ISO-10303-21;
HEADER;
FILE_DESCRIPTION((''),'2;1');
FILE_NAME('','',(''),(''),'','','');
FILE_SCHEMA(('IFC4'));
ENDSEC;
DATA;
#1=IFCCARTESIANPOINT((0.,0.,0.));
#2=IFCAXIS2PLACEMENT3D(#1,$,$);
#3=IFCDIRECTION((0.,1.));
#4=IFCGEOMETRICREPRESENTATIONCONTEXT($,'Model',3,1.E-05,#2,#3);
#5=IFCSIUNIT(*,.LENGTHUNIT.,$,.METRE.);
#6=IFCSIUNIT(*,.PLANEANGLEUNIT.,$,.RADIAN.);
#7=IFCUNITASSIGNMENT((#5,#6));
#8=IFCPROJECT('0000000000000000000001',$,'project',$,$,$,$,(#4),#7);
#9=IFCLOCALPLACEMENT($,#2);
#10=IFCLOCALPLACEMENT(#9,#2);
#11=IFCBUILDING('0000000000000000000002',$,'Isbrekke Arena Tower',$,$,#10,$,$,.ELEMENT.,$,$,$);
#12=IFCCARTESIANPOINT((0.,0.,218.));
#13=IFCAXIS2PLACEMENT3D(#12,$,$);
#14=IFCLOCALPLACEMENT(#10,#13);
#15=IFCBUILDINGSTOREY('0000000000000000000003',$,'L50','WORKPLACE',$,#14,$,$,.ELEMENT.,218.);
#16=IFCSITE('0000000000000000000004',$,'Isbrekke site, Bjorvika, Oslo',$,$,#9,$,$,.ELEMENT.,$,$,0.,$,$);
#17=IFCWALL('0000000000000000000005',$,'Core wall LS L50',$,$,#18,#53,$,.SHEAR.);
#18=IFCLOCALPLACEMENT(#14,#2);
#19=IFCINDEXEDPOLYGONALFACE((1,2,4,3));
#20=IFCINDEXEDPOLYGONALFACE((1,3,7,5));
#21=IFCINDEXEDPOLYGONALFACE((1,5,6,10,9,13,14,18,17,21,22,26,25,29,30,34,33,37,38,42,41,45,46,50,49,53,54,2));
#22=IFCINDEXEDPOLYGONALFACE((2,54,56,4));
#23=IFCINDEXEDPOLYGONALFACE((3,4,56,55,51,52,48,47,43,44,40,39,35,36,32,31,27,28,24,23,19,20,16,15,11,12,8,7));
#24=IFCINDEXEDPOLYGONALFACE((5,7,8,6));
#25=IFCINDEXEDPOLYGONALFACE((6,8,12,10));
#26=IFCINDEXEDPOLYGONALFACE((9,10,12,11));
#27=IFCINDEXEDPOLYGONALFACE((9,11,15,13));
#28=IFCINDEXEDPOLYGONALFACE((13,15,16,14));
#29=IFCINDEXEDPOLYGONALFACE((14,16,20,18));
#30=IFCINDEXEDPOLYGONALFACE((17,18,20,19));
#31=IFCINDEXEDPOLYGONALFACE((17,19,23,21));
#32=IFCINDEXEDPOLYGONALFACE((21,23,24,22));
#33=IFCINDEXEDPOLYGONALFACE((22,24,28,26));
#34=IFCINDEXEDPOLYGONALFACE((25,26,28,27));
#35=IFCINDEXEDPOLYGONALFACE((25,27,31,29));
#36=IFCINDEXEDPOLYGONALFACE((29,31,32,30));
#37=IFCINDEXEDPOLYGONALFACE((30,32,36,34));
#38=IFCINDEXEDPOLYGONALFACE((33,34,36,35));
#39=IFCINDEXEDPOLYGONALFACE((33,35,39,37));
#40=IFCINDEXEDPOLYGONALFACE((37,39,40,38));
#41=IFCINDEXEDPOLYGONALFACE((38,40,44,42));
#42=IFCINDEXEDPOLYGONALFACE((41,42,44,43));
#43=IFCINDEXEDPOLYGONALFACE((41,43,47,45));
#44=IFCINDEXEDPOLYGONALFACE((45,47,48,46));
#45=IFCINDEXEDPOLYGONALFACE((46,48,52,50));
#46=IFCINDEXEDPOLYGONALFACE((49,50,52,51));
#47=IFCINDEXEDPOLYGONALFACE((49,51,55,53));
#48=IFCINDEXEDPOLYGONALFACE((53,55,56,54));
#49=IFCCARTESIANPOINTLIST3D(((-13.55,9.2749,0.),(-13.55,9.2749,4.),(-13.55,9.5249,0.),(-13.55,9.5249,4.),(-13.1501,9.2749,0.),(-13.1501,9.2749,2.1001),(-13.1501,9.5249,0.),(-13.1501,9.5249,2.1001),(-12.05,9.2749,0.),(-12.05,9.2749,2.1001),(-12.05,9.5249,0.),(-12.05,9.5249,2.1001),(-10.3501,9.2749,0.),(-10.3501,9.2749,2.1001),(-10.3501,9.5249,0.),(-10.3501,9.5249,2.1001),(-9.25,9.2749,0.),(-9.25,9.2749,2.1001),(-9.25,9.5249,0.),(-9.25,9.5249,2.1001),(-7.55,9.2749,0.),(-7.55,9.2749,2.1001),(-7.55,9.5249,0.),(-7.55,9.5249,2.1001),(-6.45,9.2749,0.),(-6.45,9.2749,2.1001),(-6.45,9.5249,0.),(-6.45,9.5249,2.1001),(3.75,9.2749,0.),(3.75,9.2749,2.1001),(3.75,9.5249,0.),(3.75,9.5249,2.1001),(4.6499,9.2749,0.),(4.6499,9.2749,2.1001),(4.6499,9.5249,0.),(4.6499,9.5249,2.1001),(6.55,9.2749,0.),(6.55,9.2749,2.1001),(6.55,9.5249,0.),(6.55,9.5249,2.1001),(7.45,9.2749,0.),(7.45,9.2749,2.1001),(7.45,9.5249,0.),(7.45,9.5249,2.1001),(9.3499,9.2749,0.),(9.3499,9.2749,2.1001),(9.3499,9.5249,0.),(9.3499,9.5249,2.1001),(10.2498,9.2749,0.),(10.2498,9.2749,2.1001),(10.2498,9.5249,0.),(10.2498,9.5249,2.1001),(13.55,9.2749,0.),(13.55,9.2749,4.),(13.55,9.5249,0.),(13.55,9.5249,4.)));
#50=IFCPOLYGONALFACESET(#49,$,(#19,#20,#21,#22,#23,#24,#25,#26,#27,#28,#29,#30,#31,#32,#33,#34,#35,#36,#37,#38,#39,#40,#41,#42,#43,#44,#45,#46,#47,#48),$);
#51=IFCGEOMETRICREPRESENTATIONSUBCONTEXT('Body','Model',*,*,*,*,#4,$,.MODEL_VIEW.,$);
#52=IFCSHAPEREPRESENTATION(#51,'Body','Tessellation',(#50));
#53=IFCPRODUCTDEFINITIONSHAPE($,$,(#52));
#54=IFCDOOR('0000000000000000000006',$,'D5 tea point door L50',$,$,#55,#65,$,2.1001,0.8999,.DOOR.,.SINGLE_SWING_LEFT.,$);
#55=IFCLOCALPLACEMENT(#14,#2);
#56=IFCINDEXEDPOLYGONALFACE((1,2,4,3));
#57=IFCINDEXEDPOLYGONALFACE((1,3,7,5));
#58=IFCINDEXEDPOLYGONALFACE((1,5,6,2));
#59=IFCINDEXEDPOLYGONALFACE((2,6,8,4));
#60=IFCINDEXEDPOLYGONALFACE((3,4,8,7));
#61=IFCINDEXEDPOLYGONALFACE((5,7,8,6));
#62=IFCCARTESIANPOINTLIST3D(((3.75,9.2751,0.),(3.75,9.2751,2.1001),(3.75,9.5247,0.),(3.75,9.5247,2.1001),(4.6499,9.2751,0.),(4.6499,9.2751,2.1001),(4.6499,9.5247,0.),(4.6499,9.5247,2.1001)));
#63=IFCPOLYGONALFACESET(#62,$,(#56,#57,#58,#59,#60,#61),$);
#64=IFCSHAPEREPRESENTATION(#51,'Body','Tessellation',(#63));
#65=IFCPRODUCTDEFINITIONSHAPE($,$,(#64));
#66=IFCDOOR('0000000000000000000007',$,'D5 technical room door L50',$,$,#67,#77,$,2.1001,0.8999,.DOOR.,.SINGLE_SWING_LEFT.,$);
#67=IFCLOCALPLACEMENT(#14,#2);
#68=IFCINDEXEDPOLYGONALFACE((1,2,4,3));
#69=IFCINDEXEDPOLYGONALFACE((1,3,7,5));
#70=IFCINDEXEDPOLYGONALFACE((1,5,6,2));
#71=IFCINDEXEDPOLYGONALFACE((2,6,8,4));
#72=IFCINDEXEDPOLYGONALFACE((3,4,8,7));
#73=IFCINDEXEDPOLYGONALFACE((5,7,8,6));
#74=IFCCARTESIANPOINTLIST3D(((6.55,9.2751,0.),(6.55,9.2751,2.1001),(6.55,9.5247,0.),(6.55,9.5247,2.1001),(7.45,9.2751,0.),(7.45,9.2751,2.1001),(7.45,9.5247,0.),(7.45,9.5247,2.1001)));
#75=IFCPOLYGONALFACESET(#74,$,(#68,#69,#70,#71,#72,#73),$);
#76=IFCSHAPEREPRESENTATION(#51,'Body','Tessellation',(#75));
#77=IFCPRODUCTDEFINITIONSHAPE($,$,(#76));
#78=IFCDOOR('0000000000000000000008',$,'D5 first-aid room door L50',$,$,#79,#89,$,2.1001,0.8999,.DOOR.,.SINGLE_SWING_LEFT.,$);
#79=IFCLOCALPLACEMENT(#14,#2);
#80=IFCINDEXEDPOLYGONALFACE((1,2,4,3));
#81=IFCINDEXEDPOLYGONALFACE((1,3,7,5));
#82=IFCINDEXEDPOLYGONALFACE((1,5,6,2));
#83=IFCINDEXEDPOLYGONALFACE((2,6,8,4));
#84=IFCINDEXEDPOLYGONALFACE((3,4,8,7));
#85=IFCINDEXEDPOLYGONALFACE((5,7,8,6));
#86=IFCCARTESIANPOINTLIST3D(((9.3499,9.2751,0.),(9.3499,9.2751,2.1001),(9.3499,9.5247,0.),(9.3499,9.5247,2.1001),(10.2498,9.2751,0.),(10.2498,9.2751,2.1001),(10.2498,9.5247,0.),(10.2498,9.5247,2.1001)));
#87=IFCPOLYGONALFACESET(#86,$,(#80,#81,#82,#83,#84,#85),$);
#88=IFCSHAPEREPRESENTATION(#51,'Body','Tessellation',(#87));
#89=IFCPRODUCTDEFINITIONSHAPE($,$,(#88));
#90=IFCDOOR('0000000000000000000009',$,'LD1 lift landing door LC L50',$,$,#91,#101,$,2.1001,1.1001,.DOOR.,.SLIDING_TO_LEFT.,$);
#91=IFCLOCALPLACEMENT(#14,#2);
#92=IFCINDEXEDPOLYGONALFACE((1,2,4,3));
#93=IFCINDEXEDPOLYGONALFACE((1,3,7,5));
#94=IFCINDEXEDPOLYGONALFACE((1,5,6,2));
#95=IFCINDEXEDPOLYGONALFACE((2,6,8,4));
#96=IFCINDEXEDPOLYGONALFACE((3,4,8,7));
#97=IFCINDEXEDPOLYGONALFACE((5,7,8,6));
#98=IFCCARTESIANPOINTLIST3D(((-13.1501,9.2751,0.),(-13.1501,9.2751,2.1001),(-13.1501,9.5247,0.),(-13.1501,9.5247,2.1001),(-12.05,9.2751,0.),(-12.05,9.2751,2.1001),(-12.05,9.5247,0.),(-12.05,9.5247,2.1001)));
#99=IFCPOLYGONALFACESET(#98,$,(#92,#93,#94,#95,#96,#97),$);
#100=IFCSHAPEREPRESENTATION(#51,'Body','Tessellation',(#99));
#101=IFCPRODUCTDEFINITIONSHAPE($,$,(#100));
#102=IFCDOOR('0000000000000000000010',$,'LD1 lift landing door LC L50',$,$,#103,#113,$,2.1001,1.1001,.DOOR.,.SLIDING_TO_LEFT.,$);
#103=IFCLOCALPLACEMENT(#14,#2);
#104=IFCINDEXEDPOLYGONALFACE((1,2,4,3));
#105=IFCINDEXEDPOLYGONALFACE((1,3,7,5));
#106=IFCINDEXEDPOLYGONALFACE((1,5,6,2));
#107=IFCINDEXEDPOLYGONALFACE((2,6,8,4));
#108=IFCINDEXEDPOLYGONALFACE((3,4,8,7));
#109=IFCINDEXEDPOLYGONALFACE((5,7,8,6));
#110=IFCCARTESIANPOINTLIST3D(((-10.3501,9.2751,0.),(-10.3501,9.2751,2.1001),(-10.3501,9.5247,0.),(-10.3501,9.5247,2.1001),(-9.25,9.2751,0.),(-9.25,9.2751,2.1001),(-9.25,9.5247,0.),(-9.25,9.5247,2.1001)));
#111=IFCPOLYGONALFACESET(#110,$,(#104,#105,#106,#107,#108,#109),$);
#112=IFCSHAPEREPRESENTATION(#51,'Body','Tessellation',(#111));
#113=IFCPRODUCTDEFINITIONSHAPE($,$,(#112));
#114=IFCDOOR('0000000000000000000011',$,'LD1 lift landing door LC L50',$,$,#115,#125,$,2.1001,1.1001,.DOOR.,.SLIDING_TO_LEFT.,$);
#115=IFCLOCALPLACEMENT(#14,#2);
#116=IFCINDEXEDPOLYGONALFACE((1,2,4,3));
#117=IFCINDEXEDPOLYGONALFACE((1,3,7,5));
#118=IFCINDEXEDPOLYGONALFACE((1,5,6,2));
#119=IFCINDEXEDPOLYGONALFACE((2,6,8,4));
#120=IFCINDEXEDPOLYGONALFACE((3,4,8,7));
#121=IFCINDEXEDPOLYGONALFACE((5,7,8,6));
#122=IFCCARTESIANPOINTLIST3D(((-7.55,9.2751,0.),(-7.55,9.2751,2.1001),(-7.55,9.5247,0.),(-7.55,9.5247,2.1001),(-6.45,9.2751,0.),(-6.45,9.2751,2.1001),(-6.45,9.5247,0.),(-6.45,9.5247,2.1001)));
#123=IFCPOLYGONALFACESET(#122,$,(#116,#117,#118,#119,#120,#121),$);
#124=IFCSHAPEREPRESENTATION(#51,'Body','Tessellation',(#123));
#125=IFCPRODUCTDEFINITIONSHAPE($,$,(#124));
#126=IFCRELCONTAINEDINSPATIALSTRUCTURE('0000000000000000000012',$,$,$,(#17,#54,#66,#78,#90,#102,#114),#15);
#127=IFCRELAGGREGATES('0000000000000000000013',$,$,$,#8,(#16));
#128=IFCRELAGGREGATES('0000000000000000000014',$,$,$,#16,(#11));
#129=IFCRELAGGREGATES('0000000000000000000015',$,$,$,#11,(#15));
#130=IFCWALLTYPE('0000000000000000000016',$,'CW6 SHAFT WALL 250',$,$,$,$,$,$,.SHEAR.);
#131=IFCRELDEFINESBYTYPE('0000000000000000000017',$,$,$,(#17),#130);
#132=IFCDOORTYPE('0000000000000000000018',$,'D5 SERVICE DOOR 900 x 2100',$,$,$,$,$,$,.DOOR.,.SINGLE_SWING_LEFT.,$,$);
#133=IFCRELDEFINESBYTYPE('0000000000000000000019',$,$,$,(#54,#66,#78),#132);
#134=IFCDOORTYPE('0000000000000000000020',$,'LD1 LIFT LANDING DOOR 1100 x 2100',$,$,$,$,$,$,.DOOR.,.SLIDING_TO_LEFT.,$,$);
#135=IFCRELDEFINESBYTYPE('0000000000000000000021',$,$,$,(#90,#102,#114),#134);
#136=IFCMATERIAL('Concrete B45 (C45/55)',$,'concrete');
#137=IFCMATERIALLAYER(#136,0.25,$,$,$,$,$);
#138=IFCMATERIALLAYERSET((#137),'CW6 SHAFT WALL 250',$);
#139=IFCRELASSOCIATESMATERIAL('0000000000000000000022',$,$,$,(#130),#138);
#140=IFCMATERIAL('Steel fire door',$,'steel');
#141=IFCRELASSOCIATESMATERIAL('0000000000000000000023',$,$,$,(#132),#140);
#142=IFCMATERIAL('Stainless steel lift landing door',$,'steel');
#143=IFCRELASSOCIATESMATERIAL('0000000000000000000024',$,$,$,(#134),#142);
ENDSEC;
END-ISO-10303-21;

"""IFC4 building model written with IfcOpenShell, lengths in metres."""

from ifc_helpers import new_model, si_unit, direction, frame, frame_2d, origin, place, context, subcontext, project, spatial, rectangle, extrude, material, layer, layer_set, type_object, element, fill, save


model = new_model("IFC4")

# Units and contexts
model_context = context("Model", 3, precision=1e-05, world=origin(), true_north=direction((0.0, 1.0)))
body_context = subcontext(model_context, "Body", "Model", "MODEL_VIEW")
ifc_project = project(units=[si_unit("LENGTHUNIT", "METRE"), si_unit("PLANEANGLEUNIT", "RADIAN")], contexts=[model_context])

# Site, building, storey
site_placement = place(None, origin())
site = spatial("IfcSite", under=ifc_project, at=site_placement, Name="Isbrekke site, Bjorvika, Oslo", CompositionType="ELEMENT", RefElevation=0.0)
building_placement = place(site_placement, origin())
building = spatial("IfcBuilding", under=site, at=building_placement, Name="Isbrekke Arena Tower", CompositionType="ELEMENT")
storey_placement = place(building_placement, frame((0.0, 0.0, 218.0)))
storey = spatial("IfcBuildingStorey", under=building, at=storey_placement, Name="L50", Description="WORKPLACE", CompositionType="ELEMENT", Elevation=218.0)

# Wall, openings, doors
ifc_material_1 = material(Name="Concrete B45 (C45/55)", Category="concrete")
ifc_layer_1 = layer(ifc_material_1, 0.25)
ifc_layer_set_1 = layer_set([ifc_layer_1], Name="CW6 SHAFT WALL 250")
wall_type_1 = type_object("IfcWallType", Name="CW6 SHAFT WALL 250", PredefinedType="SHEAR", material=ifc_layer_set_1)
wall_1_placement = place(storey_placement, frame((-13.55, 9.3999, 0.0), z_axis=(0.0, 0.0, 1.0), x_axis=(1.0, 0.0, 0.0)))
wall_1 = element("IfcWall", 1, at=wall_1_placement, inside=storey, type_object=wall_type_1, Name="Core wall LS L50", PredefinedType="SHEAR", context=body_context, shape_type="SweptSolid", body=[
    extrude(rectangle(XDim=27.1001, YDim=0.25, at=frame_2d((13.55, 0.0))), origin(), (0.0, 0.0, 1.0), 4.0),
])
opening_1_placement = place(wall_1_placement, frame((0.3999, 0.0, 0.0)))
opening_1 = element("IfcOpeningElement", 2, at=opening_1_placement, cuts=wall_1, PredefinedType="OPENING", context=body_context, shape_type="SweptSolid", body=[
    extrude(rectangle(XDim=1.1001, YDim=2.1001, at=frame_2d((0.55, 1.05))), frame((0.0, 0.1399, 0.0), z_axis=(0.0, -1.0, 0.0), x_axis=(1.0, 0.0, 0.0)), (0.0, 0.0, 1.0), 0.2798),
])
opening_2_placement = place(wall_1_placement, frame((3.2, 0.0, 0.0)))
opening_2 = element("IfcOpeningElement", 3, at=opening_2_placement, cuts=wall_1, PredefinedType="OPENING", context=body_context, shape_type="SweptSolid", body=[
    extrude(rectangle(XDim=1.1001, YDim=2.1001, at=frame_2d((0.55, 1.05))), frame((0.0, 0.1399, 0.0), z_axis=(0.0, -1.0, 0.0), x_axis=(1.0, 0.0, 0.0)), (0.0, 0.0, 1.0), 0.2798),
])
opening_3_placement = place(wall_1_placement, frame((6.0, 0.0, 0.0)))
opening_3 = element("IfcOpeningElement", 4, at=opening_3_placement, cuts=wall_1, PredefinedType="OPENING", context=body_context, shape_type="SweptSolid", body=[
    extrude(rectangle(XDim=1.1001, YDim=2.1001, at=frame_2d((0.55, 1.05))), frame((0.0, 0.1399, 0.0), z_axis=(0.0, -1.0, 0.0), x_axis=(1.0, 0.0, 0.0)), (0.0, 0.0, 1.0), 0.2798),
])
opening_4_placement = place(wall_1_placement, frame((17.3, 0.0, 0.0)))
opening_4 = element("IfcOpeningElement", 5, at=opening_4_placement, cuts=wall_1, PredefinedType="OPENING", context=body_context, shape_type="SweptSolid", body=[
    extrude(rectangle(XDim=0.8999, YDim=2.1001, at=frame_2d((0.45, 1.05))), frame((0.0, 0.1399, 0.0), z_axis=(0.0, -1.0, 0.0), x_axis=(1.0, 0.0, 0.0)), (0.0, 0.0, 1.0), 0.2798),
])
opening_5_placement = place(wall_1_placement, frame((20.1001, 0.0, 0.0)))
opening_5 = element("IfcOpeningElement", 6, at=opening_5_placement, cuts=wall_1, PredefinedType="OPENING", context=body_context, shape_type="SweptSolid", body=[
    extrude(rectangle(XDim=0.8999, YDim=2.1001, at=frame_2d((0.45, 1.05))), frame((0.0, 0.1399, 0.0), z_axis=(0.0, -1.0, 0.0), x_axis=(1.0, 0.0, 0.0)), (0.0, 0.0, 1.0), 0.2798),
])
opening_6_placement = place(wall_1_placement, frame((22.8999, 0.0, 0.0)))
opening_6 = element("IfcOpeningElement", 7, at=opening_6_placement, cuts=wall_1, PredefinedType="OPENING", context=body_context, shape_type="SweptSolid", body=[
    extrude(rectangle(XDim=0.8999, YDim=2.1001, at=frame_2d((0.45, 1.05))), frame((0.0, 0.1399, 0.0), z_axis=(0.0, -1.0, 0.0), x_axis=(1.0, 0.0, 0.0)), (0.0, 0.0, 1.0), 0.2798),
])
ifc_material_2 = material(Name="Steel fire door", Category="steel")
door_type_1 = type_object("IfcDoorType", Name="D5 SERVICE DOOR 900 x 2100", OperationType="SINGLE_SWING_LEFT", PredefinedType="DOOR", material=ifc_material_2)
door_1_placement = place(opening_4_placement, origin())
door_1 = element("IfcDoor", 8, at=door_1_placement, inside=storey, type_object=door_type_1, Name="D5 tea point door L50", OperationType="SINGLE_SWING_LEFT", OverallHeight=2.1001, OverallWidth=0.8999, PredefinedType="DOOR", context=body_context, shape_type="SweptSolid", body=[
    extrude(rectangle(XDim=0.8999, YDim=2.1001, at=frame_2d((0.45, 1.05))), frame((0.0, 0.1248, 0.0), z_axis=(0.0, -1.0, 0.0), x_axis=(1.0, 0.0, 0.0)), (0.0, 0.0, 1.0), 0.2495),
])
fill(opening_4, door_1)
door_2_placement = place(opening_5_placement, origin())
door_2 = element("IfcDoor", 9, at=door_2_placement, inside=storey, type_object=door_type_1, Name="D5 technical room door L50", OperationType="SINGLE_SWING_LEFT", OverallHeight=2.1001, OverallWidth=0.8999, PredefinedType="DOOR", context=body_context, shape_type="SweptSolid", body=[
    extrude(rectangle(XDim=0.8999, YDim=2.1001, at=frame_2d((0.45, 1.05))), frame((0.0, 0.1248, 0.0), z_axis=(0.0, -1.0, 0.0), x_axis=(1.0, 0.0, 0.0)), (0.0, 0.0, 1.0), 0.2495),
])
fill(opening_5, door_2)
door_3_placement = place(opening_6_placement, origin())
door_3 = element("IfcDoor", 10, at=door_3_placement, inside=storey, type_object=door_type_1, Name="D5 first-aid room door L50", OperationType="SINGLE_SWING_LEFT", OverallHeight=2.1001, OverallWidth=0.8999, PredefinedType="DOOR", context=body_context, shape_type="SweptSolid", body=[
    extrude(rectangle(XDim=0.8999, YDim=2.1001, at=frame_2d((0.45, 1.05))), frame((0.0, 0.1248, 0.0), z_axis=(0.0, -1.0, 0.0), x_axis=(1.0, 0.0, 0.0)), (0.0, 0.0, 1.0), 0.2495),
])
fill(opening_6, door_3)
ifc_material_3 = material(Name="Stainless steel lift landing door", Category="steel")
door_type_2 = type_object("IfcDoorType", Name="LD1 LIFT LANDING DOOR 1100 x 2100", OperationType="SLIDING_TO_LEFT", PredefinedType="DOOR", material=ifc_material_3)
door_4_placement = place(opening_1_placement, origin())
door_4 = element("IfcDoor", 11, at=door_4_placement, inside=storey, type_object=door_type_2, Name="LD1 lift landing door LC L50", OperationType="SLIDING_TO_LEFT", OverallHeight=2.1001, OverallWidth=1.1001, PredefinedType="DOOR", context=body_context, shape_type="SweptSolid", body=[
    extrude(rectangle(XDim=1.1001, YDim=2.1001, at=frame_2d((0.55, 1.05))), frame((0.0, 0.1248, 0.0), z_axis=(0.0, -1.0, 0.0), x_axis=(1.0, 0.0, 0.0)), (0.0, 0.0, 1.0), 0.2495),
])
fill(opening_1, door_4)
door_5_placement = place(opening_2_placement, origin())
door_5 = element("IfcDoor", 12, at=door_5_placement, inside=storey, type_object=door_type_2, Name="LD1 lift landing door LC L50", OperationType="SLIDING_TO_LEFT", OverallHeight=2.1001, OverallWidth=1.1001, PredefinedType="DOOR", context=body_context, shape_type="SweptSolid", body=[
    extrude(rectangle(XDim=1.1001, YDim=2.1001, at=frame_2d((0.55, 1.05))), frame((0.0, 0.1248, 0.0), z_axis=(0.0, -1.0, 0.0), x_axis=(1.0, 0.0, 0.0)), (0.0, 0.0, 1.0), 0.2495),
])
fill(opening_2, door_5)
door_6_placement = place(opening_3_placement, origin())
door_6 = element("IfcDoor", 13, at=door_6_placement, inside=storey, type_object=door_type_2, Name="LD1 lift landing door LC L50", OperationType="SLIDING_TO_LEFT", OverallHeight=2.1001, OverallWidth=1.1001, PredefinedType="DOOR", context=body_context, shape_type="SweptSolid", body=[
    extrude(rectangle(XDim=1.1001, YDim=2.1001, at=frame_2d((0.55, 1.05))), frame((0.0, 0.1248, 0.0), z_axis=(0.0, -1.0, 0.0), x_axis=(1.0, 0.0, 0.0)), (0.0, 0.0, 1.0), 0.2495),
])
fill(opening_3, door_6)

save(model, "model.ifc")
